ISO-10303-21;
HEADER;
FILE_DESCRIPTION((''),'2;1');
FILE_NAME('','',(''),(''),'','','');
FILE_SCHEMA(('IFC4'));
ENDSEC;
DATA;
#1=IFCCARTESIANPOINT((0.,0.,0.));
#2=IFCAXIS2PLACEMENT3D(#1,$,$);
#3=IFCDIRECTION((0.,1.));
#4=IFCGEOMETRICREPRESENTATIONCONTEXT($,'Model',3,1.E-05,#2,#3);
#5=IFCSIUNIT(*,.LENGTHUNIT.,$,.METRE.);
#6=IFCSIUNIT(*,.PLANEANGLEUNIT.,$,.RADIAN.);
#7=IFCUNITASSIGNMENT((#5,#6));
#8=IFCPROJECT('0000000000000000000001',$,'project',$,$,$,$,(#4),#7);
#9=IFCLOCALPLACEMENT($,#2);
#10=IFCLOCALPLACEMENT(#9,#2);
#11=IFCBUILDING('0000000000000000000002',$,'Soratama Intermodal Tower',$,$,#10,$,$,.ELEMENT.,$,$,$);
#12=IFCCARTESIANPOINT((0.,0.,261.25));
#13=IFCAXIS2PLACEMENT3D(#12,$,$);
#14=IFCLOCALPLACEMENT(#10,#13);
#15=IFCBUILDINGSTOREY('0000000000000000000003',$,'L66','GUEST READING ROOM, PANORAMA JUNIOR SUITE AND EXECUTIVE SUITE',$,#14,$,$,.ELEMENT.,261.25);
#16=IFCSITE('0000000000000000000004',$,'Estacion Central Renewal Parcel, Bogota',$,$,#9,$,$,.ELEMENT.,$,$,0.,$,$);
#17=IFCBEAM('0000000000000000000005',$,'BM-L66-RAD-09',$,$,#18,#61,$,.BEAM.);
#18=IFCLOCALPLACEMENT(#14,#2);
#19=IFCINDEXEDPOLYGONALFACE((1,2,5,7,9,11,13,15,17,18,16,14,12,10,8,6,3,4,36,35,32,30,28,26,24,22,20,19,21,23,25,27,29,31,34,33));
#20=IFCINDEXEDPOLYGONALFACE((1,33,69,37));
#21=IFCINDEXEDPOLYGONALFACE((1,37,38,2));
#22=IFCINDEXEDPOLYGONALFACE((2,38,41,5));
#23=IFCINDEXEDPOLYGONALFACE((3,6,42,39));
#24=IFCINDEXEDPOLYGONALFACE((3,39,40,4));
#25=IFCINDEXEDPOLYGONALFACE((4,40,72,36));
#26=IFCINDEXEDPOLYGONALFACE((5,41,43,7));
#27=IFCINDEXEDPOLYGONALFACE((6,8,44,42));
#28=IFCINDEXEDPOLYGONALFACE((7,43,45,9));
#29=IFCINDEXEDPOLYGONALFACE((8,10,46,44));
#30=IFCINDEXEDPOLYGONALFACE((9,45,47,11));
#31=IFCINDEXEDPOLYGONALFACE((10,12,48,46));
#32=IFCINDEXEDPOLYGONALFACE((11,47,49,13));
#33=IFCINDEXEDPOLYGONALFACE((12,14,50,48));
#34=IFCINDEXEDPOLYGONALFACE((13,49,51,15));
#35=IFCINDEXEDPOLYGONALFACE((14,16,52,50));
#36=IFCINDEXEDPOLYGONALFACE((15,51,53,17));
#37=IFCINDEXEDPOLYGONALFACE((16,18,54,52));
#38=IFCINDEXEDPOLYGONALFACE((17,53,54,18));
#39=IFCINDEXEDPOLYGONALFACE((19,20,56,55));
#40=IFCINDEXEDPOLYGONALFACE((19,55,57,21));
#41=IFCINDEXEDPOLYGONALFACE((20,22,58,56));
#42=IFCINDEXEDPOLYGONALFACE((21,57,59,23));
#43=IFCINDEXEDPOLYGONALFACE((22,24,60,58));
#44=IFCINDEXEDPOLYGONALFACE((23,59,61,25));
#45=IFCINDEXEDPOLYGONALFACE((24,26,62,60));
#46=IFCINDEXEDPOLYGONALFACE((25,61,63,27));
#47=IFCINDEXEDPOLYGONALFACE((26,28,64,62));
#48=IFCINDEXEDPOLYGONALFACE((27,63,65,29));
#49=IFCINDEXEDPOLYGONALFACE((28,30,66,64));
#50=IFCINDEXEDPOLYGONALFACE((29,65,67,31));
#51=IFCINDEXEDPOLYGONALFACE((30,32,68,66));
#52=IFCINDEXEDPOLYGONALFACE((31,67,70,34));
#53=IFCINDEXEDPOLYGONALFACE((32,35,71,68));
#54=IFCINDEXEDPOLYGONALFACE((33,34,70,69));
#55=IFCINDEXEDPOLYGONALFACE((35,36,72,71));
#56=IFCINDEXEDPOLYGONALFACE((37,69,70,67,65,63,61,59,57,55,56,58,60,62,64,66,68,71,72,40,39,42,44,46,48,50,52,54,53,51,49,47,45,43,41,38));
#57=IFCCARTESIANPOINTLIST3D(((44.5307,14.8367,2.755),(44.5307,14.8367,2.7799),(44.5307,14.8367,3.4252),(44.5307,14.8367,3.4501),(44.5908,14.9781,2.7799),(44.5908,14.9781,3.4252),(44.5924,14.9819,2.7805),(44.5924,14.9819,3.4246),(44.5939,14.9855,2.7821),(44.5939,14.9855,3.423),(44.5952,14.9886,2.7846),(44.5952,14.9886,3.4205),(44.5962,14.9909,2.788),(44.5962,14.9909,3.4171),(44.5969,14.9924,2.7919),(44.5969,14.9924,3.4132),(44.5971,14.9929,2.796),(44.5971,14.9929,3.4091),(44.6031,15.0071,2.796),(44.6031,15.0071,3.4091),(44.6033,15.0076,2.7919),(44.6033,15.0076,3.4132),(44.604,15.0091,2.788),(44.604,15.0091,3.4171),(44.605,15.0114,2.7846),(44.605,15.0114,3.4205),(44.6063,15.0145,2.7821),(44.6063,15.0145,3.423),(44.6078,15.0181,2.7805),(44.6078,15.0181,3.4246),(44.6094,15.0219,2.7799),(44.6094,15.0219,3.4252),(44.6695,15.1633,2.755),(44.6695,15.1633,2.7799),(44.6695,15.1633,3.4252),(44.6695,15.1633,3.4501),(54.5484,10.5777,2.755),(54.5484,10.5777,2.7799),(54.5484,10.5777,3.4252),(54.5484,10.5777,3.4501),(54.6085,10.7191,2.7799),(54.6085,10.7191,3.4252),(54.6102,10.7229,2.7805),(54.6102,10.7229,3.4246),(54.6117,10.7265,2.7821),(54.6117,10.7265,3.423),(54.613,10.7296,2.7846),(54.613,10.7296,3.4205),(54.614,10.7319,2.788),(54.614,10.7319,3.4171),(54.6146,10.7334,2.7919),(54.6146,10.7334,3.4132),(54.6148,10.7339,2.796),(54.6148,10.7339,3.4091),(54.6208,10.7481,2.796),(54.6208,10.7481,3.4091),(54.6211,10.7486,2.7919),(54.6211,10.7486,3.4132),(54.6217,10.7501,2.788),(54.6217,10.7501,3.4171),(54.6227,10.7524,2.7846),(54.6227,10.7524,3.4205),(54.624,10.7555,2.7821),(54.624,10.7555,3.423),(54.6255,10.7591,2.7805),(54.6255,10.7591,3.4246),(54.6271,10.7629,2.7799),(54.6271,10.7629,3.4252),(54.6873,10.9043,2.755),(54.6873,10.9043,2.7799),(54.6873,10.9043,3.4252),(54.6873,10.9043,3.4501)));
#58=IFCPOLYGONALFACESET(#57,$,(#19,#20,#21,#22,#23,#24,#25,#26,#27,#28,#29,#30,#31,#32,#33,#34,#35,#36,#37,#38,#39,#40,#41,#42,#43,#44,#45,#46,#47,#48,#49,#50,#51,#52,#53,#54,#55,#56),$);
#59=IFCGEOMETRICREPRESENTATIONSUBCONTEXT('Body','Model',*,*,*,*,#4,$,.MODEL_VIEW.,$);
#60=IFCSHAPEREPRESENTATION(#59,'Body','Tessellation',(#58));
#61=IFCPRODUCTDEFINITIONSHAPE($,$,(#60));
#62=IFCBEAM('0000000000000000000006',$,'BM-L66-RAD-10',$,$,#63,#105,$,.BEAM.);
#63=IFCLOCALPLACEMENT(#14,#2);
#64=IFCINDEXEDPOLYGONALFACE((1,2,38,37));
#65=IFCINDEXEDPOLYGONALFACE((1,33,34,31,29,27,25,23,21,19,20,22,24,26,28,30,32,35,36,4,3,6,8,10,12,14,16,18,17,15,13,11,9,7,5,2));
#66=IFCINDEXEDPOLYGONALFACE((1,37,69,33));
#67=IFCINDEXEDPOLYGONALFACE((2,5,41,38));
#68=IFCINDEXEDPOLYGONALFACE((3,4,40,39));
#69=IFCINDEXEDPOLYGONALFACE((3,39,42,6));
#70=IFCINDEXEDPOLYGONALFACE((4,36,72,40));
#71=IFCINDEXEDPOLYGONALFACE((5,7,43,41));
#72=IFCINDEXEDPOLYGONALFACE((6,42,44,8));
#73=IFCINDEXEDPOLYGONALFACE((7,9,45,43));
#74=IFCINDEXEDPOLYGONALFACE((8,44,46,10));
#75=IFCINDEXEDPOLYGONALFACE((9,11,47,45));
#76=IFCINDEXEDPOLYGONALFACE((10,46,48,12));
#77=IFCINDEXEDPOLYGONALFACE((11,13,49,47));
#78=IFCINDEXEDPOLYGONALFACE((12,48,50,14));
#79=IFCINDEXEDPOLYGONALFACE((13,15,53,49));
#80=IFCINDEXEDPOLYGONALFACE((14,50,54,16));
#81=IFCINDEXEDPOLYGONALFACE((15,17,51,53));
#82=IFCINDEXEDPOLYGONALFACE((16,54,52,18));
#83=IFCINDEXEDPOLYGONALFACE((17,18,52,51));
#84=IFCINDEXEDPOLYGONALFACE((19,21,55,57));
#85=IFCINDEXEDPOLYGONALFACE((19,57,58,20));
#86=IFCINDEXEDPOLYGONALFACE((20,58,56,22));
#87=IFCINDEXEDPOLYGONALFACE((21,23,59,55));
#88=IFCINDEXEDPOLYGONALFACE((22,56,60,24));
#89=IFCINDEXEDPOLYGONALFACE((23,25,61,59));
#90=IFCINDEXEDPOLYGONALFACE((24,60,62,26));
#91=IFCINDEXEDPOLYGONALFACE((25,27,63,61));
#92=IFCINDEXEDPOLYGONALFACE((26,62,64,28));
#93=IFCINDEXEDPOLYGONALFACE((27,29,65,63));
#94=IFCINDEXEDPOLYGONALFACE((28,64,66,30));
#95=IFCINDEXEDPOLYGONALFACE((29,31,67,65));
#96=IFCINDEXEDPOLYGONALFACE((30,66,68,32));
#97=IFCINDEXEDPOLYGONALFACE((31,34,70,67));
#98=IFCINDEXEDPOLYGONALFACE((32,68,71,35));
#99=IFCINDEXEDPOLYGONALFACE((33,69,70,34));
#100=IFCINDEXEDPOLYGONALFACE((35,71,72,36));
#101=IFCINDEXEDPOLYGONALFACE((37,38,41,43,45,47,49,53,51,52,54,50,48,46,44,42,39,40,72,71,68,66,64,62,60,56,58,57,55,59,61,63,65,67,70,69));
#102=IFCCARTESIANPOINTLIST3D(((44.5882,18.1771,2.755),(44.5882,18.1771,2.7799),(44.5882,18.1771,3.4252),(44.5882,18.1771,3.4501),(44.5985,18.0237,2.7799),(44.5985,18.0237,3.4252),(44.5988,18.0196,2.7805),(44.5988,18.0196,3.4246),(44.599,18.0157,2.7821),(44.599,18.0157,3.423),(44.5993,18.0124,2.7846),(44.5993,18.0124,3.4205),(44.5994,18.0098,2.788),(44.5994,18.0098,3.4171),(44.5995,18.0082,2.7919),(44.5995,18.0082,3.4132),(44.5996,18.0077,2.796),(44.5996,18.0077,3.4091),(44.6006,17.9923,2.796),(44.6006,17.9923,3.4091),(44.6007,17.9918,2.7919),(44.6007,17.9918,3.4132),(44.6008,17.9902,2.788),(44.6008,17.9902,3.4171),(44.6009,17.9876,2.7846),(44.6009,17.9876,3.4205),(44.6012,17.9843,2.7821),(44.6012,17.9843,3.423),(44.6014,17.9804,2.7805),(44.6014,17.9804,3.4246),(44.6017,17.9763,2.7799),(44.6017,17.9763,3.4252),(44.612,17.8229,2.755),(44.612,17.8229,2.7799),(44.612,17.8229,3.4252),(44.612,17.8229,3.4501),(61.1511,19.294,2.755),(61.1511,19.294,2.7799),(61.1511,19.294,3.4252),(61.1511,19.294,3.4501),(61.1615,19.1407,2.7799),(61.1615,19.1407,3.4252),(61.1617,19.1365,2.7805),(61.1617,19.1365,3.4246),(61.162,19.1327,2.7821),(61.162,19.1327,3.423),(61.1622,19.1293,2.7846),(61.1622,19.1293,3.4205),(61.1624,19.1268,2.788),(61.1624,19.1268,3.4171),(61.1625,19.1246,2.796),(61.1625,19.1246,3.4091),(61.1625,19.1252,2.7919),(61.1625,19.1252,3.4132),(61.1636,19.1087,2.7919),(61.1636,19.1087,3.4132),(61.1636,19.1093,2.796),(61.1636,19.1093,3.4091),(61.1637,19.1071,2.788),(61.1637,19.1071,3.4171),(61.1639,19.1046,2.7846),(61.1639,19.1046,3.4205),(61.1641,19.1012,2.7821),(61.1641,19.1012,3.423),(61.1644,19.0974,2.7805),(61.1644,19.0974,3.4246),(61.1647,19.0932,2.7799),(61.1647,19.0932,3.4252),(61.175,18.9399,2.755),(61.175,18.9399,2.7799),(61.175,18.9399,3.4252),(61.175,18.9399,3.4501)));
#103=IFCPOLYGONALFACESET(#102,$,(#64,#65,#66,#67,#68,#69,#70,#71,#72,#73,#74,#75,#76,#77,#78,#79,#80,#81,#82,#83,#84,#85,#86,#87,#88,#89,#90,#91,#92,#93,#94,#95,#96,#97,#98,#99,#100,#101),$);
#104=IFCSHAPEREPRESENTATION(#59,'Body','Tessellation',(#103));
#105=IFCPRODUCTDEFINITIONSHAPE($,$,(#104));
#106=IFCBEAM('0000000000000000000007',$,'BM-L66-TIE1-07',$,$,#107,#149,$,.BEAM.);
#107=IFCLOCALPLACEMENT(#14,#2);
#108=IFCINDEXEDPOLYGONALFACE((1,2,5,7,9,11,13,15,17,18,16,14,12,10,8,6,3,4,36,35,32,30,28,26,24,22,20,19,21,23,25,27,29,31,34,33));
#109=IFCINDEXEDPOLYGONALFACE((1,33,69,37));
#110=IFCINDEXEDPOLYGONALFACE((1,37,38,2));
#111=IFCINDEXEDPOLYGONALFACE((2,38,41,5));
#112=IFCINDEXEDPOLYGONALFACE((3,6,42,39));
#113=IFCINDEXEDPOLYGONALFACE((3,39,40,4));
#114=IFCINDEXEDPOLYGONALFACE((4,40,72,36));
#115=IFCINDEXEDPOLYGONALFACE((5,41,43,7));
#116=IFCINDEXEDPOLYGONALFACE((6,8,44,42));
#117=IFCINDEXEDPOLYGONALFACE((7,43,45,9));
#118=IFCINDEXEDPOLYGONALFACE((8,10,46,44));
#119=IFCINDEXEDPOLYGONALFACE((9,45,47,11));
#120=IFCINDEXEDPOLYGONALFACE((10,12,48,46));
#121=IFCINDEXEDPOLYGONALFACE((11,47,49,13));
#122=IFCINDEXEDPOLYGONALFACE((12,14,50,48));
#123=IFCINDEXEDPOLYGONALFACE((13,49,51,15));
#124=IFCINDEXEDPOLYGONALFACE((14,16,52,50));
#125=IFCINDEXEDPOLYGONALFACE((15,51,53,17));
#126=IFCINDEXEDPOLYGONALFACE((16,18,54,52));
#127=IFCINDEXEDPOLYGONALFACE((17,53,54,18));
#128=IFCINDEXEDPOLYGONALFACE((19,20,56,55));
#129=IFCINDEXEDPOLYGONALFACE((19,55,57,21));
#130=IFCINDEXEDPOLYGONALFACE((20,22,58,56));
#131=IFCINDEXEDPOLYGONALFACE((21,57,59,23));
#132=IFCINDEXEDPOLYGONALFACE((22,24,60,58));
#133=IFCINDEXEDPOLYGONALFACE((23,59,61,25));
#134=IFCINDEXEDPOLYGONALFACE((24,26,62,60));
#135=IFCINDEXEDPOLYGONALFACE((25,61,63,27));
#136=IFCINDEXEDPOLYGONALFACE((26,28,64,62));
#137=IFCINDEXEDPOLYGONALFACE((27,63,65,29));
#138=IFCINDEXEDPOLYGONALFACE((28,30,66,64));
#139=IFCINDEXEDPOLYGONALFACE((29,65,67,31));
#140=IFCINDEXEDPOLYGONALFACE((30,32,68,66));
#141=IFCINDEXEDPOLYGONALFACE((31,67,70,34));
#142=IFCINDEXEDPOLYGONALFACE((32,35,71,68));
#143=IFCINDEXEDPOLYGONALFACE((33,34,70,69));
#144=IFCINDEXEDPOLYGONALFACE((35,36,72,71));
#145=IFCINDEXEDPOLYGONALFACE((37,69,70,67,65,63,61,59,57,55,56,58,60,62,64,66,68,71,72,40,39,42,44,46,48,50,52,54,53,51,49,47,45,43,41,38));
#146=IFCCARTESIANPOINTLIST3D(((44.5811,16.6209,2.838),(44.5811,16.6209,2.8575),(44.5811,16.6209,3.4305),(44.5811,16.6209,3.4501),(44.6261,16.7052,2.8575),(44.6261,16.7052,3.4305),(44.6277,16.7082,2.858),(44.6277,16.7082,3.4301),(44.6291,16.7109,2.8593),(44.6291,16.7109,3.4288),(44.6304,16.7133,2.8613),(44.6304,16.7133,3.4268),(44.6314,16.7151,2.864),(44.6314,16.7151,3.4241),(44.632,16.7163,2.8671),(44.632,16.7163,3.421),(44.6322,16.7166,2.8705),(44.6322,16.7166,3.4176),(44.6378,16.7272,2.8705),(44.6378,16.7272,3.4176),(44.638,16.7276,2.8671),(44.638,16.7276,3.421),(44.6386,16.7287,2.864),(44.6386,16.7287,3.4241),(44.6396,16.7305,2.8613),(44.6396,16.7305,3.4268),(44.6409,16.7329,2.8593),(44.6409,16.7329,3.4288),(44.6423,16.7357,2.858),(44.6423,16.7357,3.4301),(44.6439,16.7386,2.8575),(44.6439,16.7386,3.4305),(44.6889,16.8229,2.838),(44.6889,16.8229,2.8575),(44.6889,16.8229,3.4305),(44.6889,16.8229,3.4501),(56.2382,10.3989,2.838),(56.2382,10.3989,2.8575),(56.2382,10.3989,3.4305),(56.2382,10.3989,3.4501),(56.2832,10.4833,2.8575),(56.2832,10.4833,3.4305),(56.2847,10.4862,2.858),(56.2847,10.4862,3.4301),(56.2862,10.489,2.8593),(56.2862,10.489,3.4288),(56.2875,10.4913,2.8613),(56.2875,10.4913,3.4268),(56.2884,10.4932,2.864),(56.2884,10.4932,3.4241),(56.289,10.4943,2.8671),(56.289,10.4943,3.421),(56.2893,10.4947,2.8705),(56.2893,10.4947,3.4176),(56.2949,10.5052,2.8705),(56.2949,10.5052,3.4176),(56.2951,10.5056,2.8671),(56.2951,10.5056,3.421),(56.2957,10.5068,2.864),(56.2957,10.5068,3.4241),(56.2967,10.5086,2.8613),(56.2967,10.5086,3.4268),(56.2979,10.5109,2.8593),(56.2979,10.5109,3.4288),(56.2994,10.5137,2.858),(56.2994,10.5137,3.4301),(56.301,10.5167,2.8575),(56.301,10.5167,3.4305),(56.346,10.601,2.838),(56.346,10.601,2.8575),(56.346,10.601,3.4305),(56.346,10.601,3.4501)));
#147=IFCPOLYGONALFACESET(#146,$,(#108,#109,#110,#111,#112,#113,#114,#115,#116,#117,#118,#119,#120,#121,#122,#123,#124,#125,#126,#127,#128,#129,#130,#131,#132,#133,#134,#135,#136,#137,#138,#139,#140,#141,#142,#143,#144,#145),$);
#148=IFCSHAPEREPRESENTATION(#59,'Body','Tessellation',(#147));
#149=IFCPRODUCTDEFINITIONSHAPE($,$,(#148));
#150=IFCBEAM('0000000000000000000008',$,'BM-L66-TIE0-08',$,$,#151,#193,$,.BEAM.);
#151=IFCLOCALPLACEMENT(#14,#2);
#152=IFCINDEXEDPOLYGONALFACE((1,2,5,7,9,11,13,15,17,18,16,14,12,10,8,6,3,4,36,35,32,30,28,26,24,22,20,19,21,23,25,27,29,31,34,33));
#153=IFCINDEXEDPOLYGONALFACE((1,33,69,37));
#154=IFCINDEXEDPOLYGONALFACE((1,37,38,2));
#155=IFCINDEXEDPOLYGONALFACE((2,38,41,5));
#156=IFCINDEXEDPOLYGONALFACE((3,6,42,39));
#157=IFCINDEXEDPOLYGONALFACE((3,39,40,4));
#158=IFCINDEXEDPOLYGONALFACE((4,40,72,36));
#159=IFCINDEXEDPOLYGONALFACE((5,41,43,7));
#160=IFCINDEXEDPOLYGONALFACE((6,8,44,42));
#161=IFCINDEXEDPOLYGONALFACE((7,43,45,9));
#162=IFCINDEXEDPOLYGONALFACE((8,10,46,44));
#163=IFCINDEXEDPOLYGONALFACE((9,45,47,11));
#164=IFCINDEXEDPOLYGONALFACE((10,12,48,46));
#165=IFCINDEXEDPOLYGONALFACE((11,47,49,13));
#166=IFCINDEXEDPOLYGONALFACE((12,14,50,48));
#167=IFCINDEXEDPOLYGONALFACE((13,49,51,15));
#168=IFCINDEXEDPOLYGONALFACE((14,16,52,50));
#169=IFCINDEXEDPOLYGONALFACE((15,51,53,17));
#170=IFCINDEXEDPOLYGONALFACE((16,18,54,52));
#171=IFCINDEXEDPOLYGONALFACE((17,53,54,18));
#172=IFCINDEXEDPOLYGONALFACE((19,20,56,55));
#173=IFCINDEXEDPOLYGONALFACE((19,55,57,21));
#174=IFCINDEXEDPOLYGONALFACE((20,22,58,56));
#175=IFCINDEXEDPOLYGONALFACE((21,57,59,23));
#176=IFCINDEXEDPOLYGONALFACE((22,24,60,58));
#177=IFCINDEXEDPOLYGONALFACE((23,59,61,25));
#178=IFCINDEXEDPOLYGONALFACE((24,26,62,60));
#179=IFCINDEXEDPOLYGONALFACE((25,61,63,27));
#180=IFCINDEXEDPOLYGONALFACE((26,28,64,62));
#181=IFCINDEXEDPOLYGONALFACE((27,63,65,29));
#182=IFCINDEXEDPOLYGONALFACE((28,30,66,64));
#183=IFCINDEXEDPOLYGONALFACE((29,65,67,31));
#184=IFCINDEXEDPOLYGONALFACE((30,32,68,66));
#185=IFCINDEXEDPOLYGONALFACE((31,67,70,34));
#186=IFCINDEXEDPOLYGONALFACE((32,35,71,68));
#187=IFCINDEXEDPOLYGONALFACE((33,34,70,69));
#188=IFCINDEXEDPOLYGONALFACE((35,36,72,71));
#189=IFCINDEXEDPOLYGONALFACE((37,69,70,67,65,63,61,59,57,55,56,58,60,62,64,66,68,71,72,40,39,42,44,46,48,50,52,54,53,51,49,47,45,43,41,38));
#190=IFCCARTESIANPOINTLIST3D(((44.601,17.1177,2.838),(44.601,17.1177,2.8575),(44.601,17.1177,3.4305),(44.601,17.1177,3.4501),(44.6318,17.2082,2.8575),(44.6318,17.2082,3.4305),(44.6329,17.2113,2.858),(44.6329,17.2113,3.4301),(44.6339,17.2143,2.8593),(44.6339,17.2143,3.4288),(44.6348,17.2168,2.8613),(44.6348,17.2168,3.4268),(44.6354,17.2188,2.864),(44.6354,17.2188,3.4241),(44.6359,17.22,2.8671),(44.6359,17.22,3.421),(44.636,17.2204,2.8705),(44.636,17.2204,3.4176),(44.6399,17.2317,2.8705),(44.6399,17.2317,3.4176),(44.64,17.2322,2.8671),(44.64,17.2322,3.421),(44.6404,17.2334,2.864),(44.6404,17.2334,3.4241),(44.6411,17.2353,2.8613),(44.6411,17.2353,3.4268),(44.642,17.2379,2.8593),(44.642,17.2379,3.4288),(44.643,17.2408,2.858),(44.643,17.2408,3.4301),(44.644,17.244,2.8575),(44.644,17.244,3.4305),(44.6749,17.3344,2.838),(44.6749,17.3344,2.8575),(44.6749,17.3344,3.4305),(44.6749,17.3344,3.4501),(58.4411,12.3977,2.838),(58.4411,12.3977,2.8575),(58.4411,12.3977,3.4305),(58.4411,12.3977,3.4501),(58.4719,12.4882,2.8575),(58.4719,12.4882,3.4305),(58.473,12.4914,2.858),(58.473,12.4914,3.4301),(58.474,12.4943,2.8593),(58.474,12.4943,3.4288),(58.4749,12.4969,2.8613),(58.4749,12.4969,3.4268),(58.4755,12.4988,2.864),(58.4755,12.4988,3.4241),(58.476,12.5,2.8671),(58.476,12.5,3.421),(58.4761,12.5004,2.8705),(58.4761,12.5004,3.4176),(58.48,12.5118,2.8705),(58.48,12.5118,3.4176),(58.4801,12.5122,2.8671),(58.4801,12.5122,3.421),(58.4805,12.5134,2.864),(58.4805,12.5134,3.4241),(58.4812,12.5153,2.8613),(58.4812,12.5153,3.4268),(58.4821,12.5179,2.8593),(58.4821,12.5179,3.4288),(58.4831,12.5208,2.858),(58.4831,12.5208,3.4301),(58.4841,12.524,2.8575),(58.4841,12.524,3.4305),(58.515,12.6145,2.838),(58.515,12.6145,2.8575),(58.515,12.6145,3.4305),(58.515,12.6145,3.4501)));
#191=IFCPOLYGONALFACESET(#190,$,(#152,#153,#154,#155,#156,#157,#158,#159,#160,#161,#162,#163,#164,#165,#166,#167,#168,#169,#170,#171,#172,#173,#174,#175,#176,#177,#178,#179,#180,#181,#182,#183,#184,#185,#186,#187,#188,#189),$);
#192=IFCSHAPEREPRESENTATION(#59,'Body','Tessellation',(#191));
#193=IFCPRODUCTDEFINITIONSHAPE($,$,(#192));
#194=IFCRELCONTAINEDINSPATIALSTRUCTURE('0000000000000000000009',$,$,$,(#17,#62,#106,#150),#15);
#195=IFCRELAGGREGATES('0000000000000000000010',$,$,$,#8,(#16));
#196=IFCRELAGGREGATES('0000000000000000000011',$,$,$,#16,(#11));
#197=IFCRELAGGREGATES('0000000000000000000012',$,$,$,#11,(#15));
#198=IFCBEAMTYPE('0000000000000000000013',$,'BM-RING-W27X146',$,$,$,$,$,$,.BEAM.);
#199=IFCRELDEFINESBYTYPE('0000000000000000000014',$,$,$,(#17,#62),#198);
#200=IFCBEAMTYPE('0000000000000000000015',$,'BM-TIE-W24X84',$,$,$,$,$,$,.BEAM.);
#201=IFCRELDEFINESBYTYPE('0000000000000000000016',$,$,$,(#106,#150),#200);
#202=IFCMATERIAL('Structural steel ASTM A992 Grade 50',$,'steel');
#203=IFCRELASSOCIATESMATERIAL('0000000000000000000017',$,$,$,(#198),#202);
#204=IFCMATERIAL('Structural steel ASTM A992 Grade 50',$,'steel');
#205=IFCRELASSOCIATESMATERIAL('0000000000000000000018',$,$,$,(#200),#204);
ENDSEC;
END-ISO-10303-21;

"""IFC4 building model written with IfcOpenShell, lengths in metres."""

from ifc_helpers import new_model, si_unit, direction, frame, origin, origin_2d, place, context, subcontext, project, spatial, i_section, extrude, material, material_profile, profile_set, type_object, element, save


model = new_model("IFC4")

# Units and contexts
model_context = context("Model", 3, precision=1e-05, world=origin(), true_north=direction((0.0, 1.0)))
body_context = subcontext(model_context, "Body", "Model", "MODEL_VIEW")
ifc_project = project(units=[si_unit("LENGTHUNIT", "METRE"), si_unit("PLANEANGLEUNIT", "RADIAN")], contexts=[model_context])

# Site, building, storey
site_placement = place(None, origin())
site = spatial("IfcSite", under=ifc_project, at=site_placement, Name="Estacion Central Renewal Parcel, Bogota", CompositionType="ELEMENT", RefElevation=0.0)
building_placement = place(site_placement, origin())
building = spatial("IfcBuilding", under=site, at=building_placement, Name="Soratama Intermodal Tower", CompositionType="ELEMENT")
storey_placement = place(building_placement, frame((0.0, 0.0, 261.25)))
storey = spatial("IfcBuildingStorey", under=building, at=storey_placement, Name="L66", Description="GUEST READING ROOM, PANORAMA JUNIOR SUITE AND EXECUTIVE SUITE", CompositionType="ELEMENT", Elevation=261.25)

# Beams
ifc_material_1 = material(Name="Structural steel ASTM A992 Grade 50", Category="steel")
ifc_material_profile_1 = material_profile(ifc_material_1, i_section(OverallWidth=0.355, OverallDepth=0.6951, WebThickness=0.0154, FlangeThickness=0.0249, FilletRadius=0.0161, at=origin_2d()), Name="W27X146")
ifc_profile_set_1 = profile_set([ifc_material_profile_1], Name="Structural steel ASTM A992 Grade 50")
beam_type_1 = type_object("IfcBeamType", Name="BM-RING-W27X146", PredefinedType="BEAM", material=ifc_profile_set_1)
beam_1_placement = place(storey_placement, frame((44.6001, 15.0, 3.1025), z_axis=(0.920283, -0.391254, 0.0), x_axis=(0.391254, 0.920283, 0.0)))
element("IfcBeam", 1, at=beam_1_placement, inside=storey, type_object=beam_type_1, Name="BM-L66-RAD-09", PredefinedType="BEAM", context=body_context, shape_type="SweptSolid", body=[
    extrude(i_section(OverallWidth=0.355, OverallDepth=0.6951, WebThickness=0.0154, FlangeThickness=0.0249, FilletRadius=0.0161, at=origin_2d()), origin(), (0.0, 0.0, 1.0), 10.8855),
])
beam_2_placement = place(storey_placement, frame((44.6001, 18.0, 3.1025), z_axis=(0.997734, 0.067283, 0.0), x_axis=(-0.067283, 0.997734, 0.0)))
element("IfcBeam", 2, at=beam_2_placement, inside=storey, type_object=beam_type_1, Name="BM-L66-RAD-10", PredefinedType="BEAM", context=body_context, shape_type="SweptSolid", body=[
    extrude(i_section(OverallWidth=0.355, OverallDepth=0.6951, WebThickness=0.0154, FlangeThickness=0.0249, FilletRadius=0.0161, at=origin_2d()), origin(), (0.0, 0.0, 1.0), 16.6006),
])
ifc_material_2 = material(Name="Structural steel ASTM A992 Grade 50", Category="steel")
ifc_material_profile_2 = material_profile(ifc_material_2, i_section(OverallWidth=0.229, OverallDepth=0.6121, WebThickness=0.012, FlangeThickness=0.0195, FilletRadius=0.0129, at=origin_2d()), Name="W24X84")
ifc_profile_set_2 = profile_set([ifc_material_profile_2], Name="Structural steel ASTM A992 Grade 50")
beam_type_2 = type_object("IfcBeamType", Name="BM-TIE-W24X84", PredefinedType="BEAM", material=ifc_profile_set_2)
beam_3_placement = place(storey_placement, frame((44.635, 16.7219, 3.144), z_axis=(0.8822, -0.470875, 0.0), x_axis=(0.470875, 0.8822, 0.0)))
element("IfcBeam", 3, at=beam_3_placement, inside=storey, type_object=beam_type_2, Name="BM-L66-TIE1-07", PredefinedType="BEAM", context=body_context, shape_type="SweptSolid", body=[
    extrude(i_section(OverallWidth=0.229, OverallDepth=0.6121, WebThickness=0.012, FlangeThickness=0.0195, FilletRadius=0.0129, at=origin_2d()), origin(), (0.0, 0.0, 1.0), 13.2136),
])
beam_4_placement = place(storey_placement, frame((44.6379, 17.2261, 3.144), z_axis=(0.946473, -0.322782, 0.0), x_axis=(0.322782, 0.946473, 0.0)))
element("IfcBeam", 4, at=beam_4_placement, inside=storey, type_object=beam_type_2, Name="BM-L66-TIE0-08", PredefinedType="BEAM", context=body_context, shape_type="SweptSolid", body=[
    extrude(i_section(OverallWidth=0.229, OverallDepth=0.6121, WebThickness=0.012, FlangeThickness=0.0195, FilletRadius=0.0129, at=origin_2d()), origin(), (0.0, 0.0, 1.0), 14.6228),
])

save(model, "model.ifc")
